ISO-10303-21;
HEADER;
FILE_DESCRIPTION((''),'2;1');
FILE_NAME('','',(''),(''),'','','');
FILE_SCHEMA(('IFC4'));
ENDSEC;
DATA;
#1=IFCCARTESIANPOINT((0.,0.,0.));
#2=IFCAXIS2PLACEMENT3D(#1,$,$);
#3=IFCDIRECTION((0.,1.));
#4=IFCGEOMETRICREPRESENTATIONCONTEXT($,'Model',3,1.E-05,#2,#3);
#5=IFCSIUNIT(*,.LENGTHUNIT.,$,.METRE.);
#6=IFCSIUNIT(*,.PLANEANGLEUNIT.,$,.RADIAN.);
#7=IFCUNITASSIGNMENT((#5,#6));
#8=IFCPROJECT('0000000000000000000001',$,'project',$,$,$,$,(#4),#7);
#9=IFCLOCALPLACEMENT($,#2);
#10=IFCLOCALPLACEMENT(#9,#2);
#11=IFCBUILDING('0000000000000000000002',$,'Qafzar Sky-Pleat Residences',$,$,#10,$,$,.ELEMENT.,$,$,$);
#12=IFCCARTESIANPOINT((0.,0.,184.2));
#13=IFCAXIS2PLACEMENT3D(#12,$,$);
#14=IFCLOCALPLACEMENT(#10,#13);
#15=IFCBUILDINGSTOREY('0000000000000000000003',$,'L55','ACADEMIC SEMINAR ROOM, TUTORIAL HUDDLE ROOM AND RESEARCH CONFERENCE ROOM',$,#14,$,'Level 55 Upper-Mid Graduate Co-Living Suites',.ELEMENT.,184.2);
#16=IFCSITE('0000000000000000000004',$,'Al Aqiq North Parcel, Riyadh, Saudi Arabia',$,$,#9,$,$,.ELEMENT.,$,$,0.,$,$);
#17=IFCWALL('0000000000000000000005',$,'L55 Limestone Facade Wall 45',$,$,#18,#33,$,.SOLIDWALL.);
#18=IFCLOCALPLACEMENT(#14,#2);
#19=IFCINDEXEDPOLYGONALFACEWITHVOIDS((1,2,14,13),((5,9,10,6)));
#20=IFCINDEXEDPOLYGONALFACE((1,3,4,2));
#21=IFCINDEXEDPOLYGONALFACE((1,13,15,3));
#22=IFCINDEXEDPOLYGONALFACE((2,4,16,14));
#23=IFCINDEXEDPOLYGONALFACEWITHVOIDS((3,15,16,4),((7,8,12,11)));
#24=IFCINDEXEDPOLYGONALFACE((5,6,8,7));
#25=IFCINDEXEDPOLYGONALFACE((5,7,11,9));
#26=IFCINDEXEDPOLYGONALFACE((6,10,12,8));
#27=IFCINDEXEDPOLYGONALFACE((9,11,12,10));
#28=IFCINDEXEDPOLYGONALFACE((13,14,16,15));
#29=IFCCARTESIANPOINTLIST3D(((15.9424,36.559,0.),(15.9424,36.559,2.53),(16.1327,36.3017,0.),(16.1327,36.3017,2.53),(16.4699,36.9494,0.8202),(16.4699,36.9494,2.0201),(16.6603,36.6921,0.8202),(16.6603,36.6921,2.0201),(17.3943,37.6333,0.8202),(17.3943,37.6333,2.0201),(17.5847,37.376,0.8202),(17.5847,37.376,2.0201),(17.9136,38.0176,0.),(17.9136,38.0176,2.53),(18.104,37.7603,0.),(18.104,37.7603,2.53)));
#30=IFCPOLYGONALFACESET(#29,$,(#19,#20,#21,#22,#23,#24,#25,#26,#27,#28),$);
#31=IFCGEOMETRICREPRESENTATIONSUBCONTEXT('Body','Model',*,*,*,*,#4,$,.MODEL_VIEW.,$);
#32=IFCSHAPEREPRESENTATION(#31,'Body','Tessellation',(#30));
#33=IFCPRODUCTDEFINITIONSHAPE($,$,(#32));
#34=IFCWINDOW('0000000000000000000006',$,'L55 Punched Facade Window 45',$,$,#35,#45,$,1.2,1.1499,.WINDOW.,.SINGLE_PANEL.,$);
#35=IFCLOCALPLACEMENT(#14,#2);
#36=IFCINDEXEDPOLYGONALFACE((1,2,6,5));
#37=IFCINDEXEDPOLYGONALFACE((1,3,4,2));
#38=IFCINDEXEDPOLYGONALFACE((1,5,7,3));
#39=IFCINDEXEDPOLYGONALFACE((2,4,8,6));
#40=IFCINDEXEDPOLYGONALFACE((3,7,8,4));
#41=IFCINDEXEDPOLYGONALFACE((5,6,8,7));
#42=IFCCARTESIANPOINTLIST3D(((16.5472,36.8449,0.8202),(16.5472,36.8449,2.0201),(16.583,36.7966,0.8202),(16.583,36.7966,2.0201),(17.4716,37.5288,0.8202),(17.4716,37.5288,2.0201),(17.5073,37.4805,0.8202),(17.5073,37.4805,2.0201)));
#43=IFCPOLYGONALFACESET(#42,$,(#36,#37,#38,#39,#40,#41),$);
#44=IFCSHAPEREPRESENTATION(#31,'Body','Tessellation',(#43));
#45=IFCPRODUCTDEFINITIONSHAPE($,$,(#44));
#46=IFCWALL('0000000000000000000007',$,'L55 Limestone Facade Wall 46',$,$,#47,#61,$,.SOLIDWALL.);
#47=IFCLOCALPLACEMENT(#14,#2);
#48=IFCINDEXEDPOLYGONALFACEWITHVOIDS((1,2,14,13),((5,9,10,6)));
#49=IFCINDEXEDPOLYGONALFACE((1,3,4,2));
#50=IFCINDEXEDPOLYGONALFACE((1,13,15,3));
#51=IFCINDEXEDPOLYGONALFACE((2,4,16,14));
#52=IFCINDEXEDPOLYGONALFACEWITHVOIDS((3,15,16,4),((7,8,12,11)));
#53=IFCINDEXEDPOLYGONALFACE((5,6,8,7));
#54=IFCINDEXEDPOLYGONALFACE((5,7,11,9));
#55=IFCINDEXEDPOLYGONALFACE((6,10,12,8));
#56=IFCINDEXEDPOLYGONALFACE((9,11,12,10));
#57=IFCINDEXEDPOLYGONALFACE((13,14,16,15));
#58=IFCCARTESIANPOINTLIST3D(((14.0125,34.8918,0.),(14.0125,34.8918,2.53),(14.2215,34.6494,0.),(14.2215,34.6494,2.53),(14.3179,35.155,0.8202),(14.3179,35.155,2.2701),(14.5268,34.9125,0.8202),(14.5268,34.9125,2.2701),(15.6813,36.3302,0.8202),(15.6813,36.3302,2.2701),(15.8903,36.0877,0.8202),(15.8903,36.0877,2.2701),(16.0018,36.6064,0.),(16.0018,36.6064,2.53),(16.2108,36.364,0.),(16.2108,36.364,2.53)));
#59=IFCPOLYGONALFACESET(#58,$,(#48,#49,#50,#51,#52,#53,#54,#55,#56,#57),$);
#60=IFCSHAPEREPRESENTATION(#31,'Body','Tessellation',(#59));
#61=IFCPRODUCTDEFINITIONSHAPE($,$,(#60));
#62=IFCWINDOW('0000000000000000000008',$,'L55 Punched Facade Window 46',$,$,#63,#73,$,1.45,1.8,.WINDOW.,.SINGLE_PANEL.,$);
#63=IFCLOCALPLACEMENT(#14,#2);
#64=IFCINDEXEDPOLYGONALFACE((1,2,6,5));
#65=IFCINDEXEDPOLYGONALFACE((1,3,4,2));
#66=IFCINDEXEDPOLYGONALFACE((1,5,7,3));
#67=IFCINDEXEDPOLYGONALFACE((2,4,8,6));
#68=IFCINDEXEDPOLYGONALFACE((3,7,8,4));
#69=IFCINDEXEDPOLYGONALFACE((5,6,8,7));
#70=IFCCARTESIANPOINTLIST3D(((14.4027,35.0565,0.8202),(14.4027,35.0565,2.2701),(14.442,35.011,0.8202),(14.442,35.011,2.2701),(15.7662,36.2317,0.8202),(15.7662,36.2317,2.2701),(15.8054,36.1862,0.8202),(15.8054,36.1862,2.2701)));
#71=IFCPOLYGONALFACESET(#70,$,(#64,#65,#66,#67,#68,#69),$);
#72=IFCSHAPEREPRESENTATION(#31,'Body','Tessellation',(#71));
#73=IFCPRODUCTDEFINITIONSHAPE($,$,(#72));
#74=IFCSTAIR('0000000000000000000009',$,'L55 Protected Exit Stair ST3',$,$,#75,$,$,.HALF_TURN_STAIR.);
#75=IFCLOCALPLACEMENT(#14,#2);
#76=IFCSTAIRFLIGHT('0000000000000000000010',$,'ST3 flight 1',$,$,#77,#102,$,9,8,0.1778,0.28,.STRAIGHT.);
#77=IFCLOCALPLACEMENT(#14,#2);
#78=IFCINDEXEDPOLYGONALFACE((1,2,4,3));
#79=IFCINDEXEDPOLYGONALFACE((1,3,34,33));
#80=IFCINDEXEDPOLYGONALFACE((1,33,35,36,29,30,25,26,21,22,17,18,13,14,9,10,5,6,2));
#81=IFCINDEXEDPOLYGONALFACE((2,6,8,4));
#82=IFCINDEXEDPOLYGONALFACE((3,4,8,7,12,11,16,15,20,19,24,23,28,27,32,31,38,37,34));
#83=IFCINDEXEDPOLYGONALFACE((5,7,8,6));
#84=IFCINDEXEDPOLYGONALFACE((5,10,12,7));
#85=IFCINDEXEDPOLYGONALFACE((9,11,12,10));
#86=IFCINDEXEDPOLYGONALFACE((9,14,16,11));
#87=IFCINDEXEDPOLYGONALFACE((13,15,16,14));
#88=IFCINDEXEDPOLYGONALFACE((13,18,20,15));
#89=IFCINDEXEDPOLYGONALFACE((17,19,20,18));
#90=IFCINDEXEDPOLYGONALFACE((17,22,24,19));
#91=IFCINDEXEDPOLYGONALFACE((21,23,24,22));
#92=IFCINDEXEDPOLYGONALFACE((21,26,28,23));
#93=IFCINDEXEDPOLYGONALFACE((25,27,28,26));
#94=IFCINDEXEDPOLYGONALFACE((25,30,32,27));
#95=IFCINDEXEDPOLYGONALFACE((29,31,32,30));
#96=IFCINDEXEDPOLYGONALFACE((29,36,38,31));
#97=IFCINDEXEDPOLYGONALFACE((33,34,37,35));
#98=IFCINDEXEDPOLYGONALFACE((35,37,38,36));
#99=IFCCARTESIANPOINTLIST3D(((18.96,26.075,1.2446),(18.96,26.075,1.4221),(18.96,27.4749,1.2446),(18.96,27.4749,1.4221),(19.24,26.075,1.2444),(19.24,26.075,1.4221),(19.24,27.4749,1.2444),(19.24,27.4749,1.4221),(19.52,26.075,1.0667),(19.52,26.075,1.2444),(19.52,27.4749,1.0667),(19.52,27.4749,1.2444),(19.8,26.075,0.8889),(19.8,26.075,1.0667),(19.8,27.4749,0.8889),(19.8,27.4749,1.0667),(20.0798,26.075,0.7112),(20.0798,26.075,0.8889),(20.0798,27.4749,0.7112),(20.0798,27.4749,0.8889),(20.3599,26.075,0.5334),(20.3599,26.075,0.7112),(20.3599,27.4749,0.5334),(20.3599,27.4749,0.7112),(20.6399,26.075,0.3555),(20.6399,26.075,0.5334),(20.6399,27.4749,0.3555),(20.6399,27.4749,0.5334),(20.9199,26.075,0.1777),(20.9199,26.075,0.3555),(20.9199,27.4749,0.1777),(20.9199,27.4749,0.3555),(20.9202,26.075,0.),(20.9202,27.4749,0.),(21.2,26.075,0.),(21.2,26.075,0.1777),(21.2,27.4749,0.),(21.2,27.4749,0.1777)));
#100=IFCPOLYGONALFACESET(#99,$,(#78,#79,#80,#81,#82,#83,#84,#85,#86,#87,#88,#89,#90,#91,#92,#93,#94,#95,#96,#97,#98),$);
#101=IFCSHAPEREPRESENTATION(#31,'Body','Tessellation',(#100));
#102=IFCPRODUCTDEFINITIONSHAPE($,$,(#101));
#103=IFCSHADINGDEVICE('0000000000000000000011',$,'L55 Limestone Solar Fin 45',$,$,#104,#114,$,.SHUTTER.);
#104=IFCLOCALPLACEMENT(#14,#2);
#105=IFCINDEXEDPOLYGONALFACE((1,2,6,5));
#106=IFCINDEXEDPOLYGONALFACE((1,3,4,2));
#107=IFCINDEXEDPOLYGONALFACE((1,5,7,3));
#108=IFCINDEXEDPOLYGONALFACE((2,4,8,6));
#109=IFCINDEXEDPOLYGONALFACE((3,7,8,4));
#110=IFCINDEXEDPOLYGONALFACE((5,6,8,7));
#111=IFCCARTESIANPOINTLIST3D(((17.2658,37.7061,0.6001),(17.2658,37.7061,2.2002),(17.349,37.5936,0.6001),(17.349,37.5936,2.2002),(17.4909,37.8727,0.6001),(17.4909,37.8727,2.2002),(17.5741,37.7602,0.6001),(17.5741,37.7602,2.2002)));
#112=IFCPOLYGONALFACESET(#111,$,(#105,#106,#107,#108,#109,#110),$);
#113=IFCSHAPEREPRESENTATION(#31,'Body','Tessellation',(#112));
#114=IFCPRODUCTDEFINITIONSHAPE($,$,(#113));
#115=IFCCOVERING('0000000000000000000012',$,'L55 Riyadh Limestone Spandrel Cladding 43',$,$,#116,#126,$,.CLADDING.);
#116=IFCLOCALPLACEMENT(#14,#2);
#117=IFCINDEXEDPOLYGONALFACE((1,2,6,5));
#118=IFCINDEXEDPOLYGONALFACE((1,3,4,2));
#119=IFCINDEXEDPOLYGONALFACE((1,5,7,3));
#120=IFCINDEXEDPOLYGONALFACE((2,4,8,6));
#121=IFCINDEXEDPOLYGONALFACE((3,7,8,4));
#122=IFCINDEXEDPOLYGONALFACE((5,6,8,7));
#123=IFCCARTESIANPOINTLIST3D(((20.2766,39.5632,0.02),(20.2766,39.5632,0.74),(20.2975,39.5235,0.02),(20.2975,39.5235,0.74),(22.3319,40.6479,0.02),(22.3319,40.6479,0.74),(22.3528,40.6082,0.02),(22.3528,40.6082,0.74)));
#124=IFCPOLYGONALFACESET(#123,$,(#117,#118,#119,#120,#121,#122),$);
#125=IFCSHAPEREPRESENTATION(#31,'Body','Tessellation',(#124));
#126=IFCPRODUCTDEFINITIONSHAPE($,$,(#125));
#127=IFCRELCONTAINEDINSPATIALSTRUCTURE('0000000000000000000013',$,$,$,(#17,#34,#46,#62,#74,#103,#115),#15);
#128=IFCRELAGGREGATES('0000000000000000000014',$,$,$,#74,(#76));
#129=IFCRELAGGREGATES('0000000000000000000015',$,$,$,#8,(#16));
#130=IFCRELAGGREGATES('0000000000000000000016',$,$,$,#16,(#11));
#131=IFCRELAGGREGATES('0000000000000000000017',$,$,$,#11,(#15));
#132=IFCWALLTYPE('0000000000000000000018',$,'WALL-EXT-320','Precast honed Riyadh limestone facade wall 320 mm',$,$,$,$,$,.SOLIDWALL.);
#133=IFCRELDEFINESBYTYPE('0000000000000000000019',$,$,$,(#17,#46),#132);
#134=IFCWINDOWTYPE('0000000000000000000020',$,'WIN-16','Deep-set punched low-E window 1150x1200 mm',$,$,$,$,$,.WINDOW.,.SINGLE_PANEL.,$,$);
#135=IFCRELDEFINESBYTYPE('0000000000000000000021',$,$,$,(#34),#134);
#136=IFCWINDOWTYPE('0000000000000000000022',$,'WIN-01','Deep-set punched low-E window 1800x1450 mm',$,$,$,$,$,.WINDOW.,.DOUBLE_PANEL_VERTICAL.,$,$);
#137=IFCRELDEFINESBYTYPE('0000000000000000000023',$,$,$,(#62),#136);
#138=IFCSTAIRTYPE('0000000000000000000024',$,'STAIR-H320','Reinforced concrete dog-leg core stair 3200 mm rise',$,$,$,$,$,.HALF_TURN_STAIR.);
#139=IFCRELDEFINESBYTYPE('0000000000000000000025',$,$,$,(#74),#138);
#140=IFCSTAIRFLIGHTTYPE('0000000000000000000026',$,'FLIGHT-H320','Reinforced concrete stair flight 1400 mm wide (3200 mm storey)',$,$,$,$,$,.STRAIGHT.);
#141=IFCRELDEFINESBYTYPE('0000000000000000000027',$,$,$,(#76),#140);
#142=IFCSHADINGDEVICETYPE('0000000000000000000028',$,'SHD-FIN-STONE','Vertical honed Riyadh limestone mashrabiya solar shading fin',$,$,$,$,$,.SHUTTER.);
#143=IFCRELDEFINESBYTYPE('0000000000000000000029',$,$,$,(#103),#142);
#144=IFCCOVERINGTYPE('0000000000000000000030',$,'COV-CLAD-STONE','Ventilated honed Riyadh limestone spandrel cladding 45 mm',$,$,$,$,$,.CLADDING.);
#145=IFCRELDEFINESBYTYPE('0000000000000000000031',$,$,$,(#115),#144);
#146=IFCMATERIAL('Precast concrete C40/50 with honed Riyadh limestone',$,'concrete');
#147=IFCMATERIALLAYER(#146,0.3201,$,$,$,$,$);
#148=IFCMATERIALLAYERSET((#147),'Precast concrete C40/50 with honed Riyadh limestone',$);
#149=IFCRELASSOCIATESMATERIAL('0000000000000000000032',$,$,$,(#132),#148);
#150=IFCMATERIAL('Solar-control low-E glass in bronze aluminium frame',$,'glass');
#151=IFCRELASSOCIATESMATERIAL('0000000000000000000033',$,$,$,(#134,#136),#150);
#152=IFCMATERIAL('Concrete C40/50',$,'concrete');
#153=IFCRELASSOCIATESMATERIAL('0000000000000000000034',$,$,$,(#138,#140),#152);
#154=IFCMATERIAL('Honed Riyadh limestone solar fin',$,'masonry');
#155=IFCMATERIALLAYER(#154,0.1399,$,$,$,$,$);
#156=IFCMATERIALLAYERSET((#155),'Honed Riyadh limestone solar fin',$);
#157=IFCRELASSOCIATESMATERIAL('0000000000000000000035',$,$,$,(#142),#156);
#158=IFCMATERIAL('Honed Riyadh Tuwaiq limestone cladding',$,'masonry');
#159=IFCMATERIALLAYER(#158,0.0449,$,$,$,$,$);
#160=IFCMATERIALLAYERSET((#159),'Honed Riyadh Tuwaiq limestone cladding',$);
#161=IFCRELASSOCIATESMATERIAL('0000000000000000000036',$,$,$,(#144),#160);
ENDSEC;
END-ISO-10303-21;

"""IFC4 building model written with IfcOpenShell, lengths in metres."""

from ifc_helpers import new_model, si_unit, direction, frame, frame_2d, origin, origin_2d, place, context, subcontext, project, spatial, polyline, rectangle, outline, extrude, source, transform, mapped, material, layer, layer_set, type_object, element, fill, aggregate, save


model = new_model("IFC4")

# Units and contexts
model_context = context("Model", 3, precision=1e-05, world=origin(), true_north=direction((0.0, 1.0)))
body_context = subcontext(model_context, "Body", "Model", "MODEL_VIEW")
ifc_project = project(units=[si_unit("LENGTHUNIT", "METRE"), si_unit("PLANEANGLEUNIT", "RADIAN")], contexts=[model_context])

# Site, building, storey
site_placement = place(None, origin())
site = spatial("IfcSite", under=ifc_project, at=site_placement, Name="Al Aqiq North Parcel, Riyadh, Saudi Arabia", CompositionType="ELEMENT", RefElevation=0.0)
building_placement = place(site_placement, origin())
building = spatial("IfcBuilding", under=site, at=building_placement, Name="Qafzar Sky-Pleat Residences", CompositionType="ELEMENT")
storey_placement = place(building_placement, frame((0.0, 0.0, 184.2)))
storey = spatial("IfcBuildingStorey", under=building, at=storey_placement, Name="L55", Description="ACADEMIC SEMINAR ROOM, TUTORIAL HUDDLE ROOM AND RESEARCH CONFERENCE ROOM", LongName="Level 55 Upper-Mid Graduate Co-Living Suites", CompositionType="ELEMENT", Elevation=184.2)

# Shared definitions
ifc_material_1 = material(Name="Precast concrete C40/50 with honed Riyadh limestone", Category="concrete")
ifc_layer_1 = layer(ifc_material_1, 0.3201)
ifc_layer_set_1 = layer_set([ifc_layer_1], Name="Precast concrete C40/50 with honed Riyadh limestone")
wall_type_1 = type_object("IfcWallType", Name="WALL-EXT-320", Description="Precast honed Riyadh limestone facade wall 320 mm", PredefinedType="SOLIDWALL", material=ifc_layer_set_1)
ifc_material_2 = material(Name="Solar-control low-E glass in bronze aluminium frame", Category="glass")

# Walls, openings, windows
wall_1_placement = place(storey_placement, frame((18.0088, 37.8889, 0.0), z_axis=(0.0, 0.0, 1.0), x_axis=(-0.803878, -0.594794, 0.0)))
wall_1 = element("IfcWall", 1, at=wall_1_placement, inside=storey, type_object=wall_type_1, Name="L55 Limestone Facade Wall 45", PredefinedType="SOLIDWALL", context=body_context, shape_type="SweptSolid", body=[
    extrude(rectangle(XDim=2.4521, YDim=0.3201, at=frame_2d((1.2261, 0.0))), origin(), (0.0, 0.0, 1.0), 2.53),
])
opening_1_placement = place(wall_1_placement, frame((0.646, 0.0, 0.8201)))
opening_1 = element("IfcOpeningElement", 2, at=opening_1_placement, cuts=wall_1, PredefinedType="OPENING", context=body_context, shape_type="SweptSolid", body=[
    extrude(rectangle(XDim=1.1499, YDim=1.2, at=frame_2d((0.575, 0.6001))), frame((0.0, 0.1699, 0.0), z_axis=(0.0, -1.0, 0.0), x_axis=(1.0, 0.0, 0.0)), (0.0, 0.0, 1.0), 0.3401),
])
window_type_1 = type_object("IfcWindowType", Name="WIN-16", Description="Deep-set punched low-E window 1150x1200 mm", PartitioningType="SINGLE_PANEL", PredefinedType="WINDOW", material=ifc_material_2)
shared_shape_1 = source(origin(), body_context, "Body", "SweptSolid", [
    extrude(rectangle(XDim=1.1499, YDim=1.2, at=frame_2d((0.575, 0.6001))), frame((0.0, 0.03, 0.0), z_axis=(0.0, -1.0, 0.0), x_axis=(1.0, 0.0, 0.0)), (0.0, 0.0, 1.0), 0.0601),
])
window_1_placement = place(opening_1_placement, origin())
window_1 = element("IfcWindow", 3, at=window_1_placement, inside=storey, type_object=window_type_1, Name="L55 Punched Facade Window 45", OverallHeight=1.2, OverallWidth=1.1499, PartitioningType="SINGLE_PANEL", PredefinedType="WINDOW", context=body_context, shape_type="MappedRepresentation", body=[
    mapped(shared_shape_1, transform((0.0, 0.0, 0.0), x_axis=(1.0, 0.0, 0.0), y_axis=(0.0, 1.0, 0.0), z_axis=(0.0, 0.0, 1.0), scale=1.0)),
])
fill(opening_1, window_1)
wall_2_placement = place(storey_placement, frame((16.1062, 36.4851, 0.0), z_axis=(0.0, 0.0, 1.0), x_axis=(-0.757462, -0.652879, 0.0)))
wall_2 = element("IfcWall", 4, at=wall_2_placement, inside=storey, type_object=wall_type_1, Name="L55 Limestone Facade Wall 46", PredefinedType="SOLIDWALL", context=body_context, shape_type="SweptSolid", body=[
    extrude(rectangle(XDim=2.6262, YDim=0.3201, at=frame_2d((1.313, 0.0))), origin(), (0.0, 0.0, 1.0), 2.53),
])
opening_2_placement = place(wall_2_placement, frame((0.4231, 0.0, 0.8201)))
opening_2 = element("IfcOpeningElement", 5, at=opening_2_placement, cuts=wall_2, PredefinedType="OPENING", context=body_context, shape_type="SweptSolid", body=[
    extrude(rectangle(XDim=1.8, YDim=1.45, at=frame_2d((0.8999, 0.7251))), frame((0.0, 0.1699, 0.0), z_axis=(0.0, -1.0, 0.0), x_axis=(1.0, 0.0, 0.0)), (0.0, 0.0, 1.0), 0.3401),
])
window_type_2 = type_object("IfcWindowType", Name="WIN-01", Description="Deep-set punched low-E window 1800x1450 mm", PartitioningType="DOUBLE_PANEL_VERTICAL", PredefinedType="WINDOW", material=ifc_material_2)
shared_shape_2 = source(origin(), body_context, "Body", "SweptSolid", [
    extrude(rectangle(XDim=1.8, YDim=1.45, at=frame_2d((0.8999, 0.7251))), frame((0.0, 0.03, 0.0), z_axis=(0.0, -1.0, 0.0), x_axis=(1.0, 0.0, 0.0)), (0.0, 0.0, 1.0), 0.0601),
])
window_2_placement = place(opening_2_placement, origin())
window_2 = element("IfcWindow", 6, at=window_2_placement, inside=storey, type_object=window_type_2, Name="L55 Punched Facade Window 46", OverallHeight=1.45, OverallWidth=1.8, PartitioningType="SINGLE_PANEL", PredefinedType="WINDOW", context=body_context, shape_type="MappedRepresentation", body=[
    mapped(shared_shape_2, transform((0.0, 0.0, 0.0), x_axis=(1.0, 0.0, 0.0), y_axis=(0.0, 1.0, 0.0), z_axis=(0.0, 0.0, 1.0), scale=1.0)),
])
fill(opening_2, window_2)

# Stair, stair flight
ifc_material_3 = material(Name="Concrete C40/50", Category="concrete")
stair_type = type_object("IfcStairType", Name="STAIR-H320", Description="Reinforced concrete dog-leg core stair 3200 mm rise", PredefinedType="HALF_TURN_STAIR", material=ifc_material_3)
stair_placement = place(storey_placement, origin())
stair = element("IfcStair", 7, at=stair_placement, inside=storey, type_object=stair_type, Name="L55 Protected Exit Stair ST3", PredefinedType="HALF_TURN_STAIR")
stair_flight_type = type_object("IfcStairFlightType", Name="FLIGHT-H320", Description="Reinforced concrete stair flight 1400 mm wide (3200 mm storey)", PredefinedType="STRAIGHT", material=ifc_material_3)
shared_shape_3 = source(origin(), body_context, "Body", "SweptSolid", [
    extrude(outline(polyline([(0.0, 0.0), (0.0, 0.1777), (0.28, 0.1777), (0.28, 0.3555), (0.5601, 0.3555), (0.5601, 0.5334), (0.8401, 0.5334), (0.8401, 0.7112), (1.1201, 0.7112), (1.1201, 0.8889), (1.3999, 0.8889), (1.3999, 1.0667), (1.6799, 1.0667), (1.6799, 1.2444), (1.96, 1.2444), (1.96, 1.4221), (2.24, 1.4221), (2.24, 1.6001), (2.24, 1.2446), (0.2798, 0.0), (0.0, 0.0)])), frame((0.0, 0.7, 0.0), z_axis=(0.0, -1.0, 0.0), x_axis=(1.0, 0.0, 0.0)), (0.0, 0.0, 1.0), 1.3999),
])
stair_flight_placement = place(storey_placement, frame((21.2, 26.7749, 0.0), z_axis=(0.0, 0.0, 1.0), x_axis=(-1.0, 0.0, 0.0)))
stair_flight = element("IfcStairFlight", 8, at=stair_flight_placement, type_object=stair_flight_type, Name="ST3 flight 1", NumberOfRisers=9, NumberOfTreads=8, PredefinedType="STRAIGHT", RiserHeight=0.1778, TreadLength=0.28, context=body_context, shape_type="MappedRepresentation", body=[
    mapped(shared_shape_3, transform((0.0, 0.0, 0.0), x_axis=(1.0, 0.0, 0.0), y_axis=(0.0, 1.0, 0.0), z_axis=(0.0, 0.0, 1.0), scale=1.0)),
])
aggregate(stair, [stair_flight])

# Shading device
ifc_material_4 = material(Name="Honed Riyadh limestone solar fin", Category="masonry")
ifc_layer_2 = layer(ifc_material_4, 0.1399)
ifc_layer_set_2 = layer_set([ifc_layer_2], Name="Honed Riyadh limestone solar fin")
shading_device_type = type_object("IfcShadingDeviceType", Name="SHD-FIN-STONE", Description="Vertical honed Riyadh limestone mashrabiya solar shading fin", PredefinedType="SHUTTER", material=ifc_layer_set_2)
shared_shape_4 = source(origin(), body_context, "Body", "SweptSolid", [
    extrude(rectangle(XDim=0.1399, YDim=0.28, at=origin_2d()), origin(), (0.0, 0.0, 1.0), 1.6001),
])
shading_device_placement = place(storey_placement, frame((17.4199, 37.7332, 0.6001), z_axis=(0.0, 0.0, 1.0), x_axis=(-0.59487, 0.803822, 0.0)))
element("IfcShadingDevice", 9, at=shading_device_placement, inside=storey, type_object=shading_device_type, Name="L55 Limestone Solar Fin 45", PredefinedType="SHUTTER", context=body_context, shape_type="MappedRepresentation", body=[
    mapped(shared_shape_4, transform((0.0, 0.0, 0.0), x_axis=(1.0, 0.0, 0.0), y_axis=(0.0, 1.0, 0.0), z_axis=(0.0, 0.0, 1.0), scale=1.0)),
])

# Covering
ifc_material_5 = material(Name="Honed Riyadh Tuwaiq limestone cladding", Category="masonry")
ifc_layer_3 = layer(ifc_material_5, 0.0449)
ifc_layer_set_3 = layer_set([ifc_layer_3], Name="Honed Riyadh Tuwaiq limestone cladding")
covering_type = type_object("IfcCoveringType", Name="COV-CLAD-STONE", Description="Ventilated honed Riyadh limestone spandrel cladding 45 mm", PredefinedType="CLADDING", material=ifc_layer_set_3)
shared_shape_5 = source(origin(), body_context, "Body", "SweptSolid", [
    extrude(rectangle(XDim=2.324, YDim=0.0449, at=origin_2d()), origin(), (0.0, 0.0, 1.0), 0.72),
])
covering_placement = place(storey_placement, frame((21.3147, 40.0857, 0.02), z_axis=(0.0, 0.0, 1.0), x_axis=(-0.884383, -0.466763, 0.0)))
element("IfcCovering", 10, at=covering_placement, inside=storey, type_object=covering_type, Name="L55 Riyadh Limestone Spandrel Cladding 43", PredefinedType="CLADDING", context=body_context, shape_type="MappedRepresentation", body=[
    mapped(shared_shape_5, transform((0.0, 0.0, 0.0), x_axis=(1.0, 0.0, 0.0), y_axis=(0.0, 1.0, 0.0), z_axis=(0.0, 0.0, 1.0), scale=1.0)),
])

save(model, "model.ifc")
